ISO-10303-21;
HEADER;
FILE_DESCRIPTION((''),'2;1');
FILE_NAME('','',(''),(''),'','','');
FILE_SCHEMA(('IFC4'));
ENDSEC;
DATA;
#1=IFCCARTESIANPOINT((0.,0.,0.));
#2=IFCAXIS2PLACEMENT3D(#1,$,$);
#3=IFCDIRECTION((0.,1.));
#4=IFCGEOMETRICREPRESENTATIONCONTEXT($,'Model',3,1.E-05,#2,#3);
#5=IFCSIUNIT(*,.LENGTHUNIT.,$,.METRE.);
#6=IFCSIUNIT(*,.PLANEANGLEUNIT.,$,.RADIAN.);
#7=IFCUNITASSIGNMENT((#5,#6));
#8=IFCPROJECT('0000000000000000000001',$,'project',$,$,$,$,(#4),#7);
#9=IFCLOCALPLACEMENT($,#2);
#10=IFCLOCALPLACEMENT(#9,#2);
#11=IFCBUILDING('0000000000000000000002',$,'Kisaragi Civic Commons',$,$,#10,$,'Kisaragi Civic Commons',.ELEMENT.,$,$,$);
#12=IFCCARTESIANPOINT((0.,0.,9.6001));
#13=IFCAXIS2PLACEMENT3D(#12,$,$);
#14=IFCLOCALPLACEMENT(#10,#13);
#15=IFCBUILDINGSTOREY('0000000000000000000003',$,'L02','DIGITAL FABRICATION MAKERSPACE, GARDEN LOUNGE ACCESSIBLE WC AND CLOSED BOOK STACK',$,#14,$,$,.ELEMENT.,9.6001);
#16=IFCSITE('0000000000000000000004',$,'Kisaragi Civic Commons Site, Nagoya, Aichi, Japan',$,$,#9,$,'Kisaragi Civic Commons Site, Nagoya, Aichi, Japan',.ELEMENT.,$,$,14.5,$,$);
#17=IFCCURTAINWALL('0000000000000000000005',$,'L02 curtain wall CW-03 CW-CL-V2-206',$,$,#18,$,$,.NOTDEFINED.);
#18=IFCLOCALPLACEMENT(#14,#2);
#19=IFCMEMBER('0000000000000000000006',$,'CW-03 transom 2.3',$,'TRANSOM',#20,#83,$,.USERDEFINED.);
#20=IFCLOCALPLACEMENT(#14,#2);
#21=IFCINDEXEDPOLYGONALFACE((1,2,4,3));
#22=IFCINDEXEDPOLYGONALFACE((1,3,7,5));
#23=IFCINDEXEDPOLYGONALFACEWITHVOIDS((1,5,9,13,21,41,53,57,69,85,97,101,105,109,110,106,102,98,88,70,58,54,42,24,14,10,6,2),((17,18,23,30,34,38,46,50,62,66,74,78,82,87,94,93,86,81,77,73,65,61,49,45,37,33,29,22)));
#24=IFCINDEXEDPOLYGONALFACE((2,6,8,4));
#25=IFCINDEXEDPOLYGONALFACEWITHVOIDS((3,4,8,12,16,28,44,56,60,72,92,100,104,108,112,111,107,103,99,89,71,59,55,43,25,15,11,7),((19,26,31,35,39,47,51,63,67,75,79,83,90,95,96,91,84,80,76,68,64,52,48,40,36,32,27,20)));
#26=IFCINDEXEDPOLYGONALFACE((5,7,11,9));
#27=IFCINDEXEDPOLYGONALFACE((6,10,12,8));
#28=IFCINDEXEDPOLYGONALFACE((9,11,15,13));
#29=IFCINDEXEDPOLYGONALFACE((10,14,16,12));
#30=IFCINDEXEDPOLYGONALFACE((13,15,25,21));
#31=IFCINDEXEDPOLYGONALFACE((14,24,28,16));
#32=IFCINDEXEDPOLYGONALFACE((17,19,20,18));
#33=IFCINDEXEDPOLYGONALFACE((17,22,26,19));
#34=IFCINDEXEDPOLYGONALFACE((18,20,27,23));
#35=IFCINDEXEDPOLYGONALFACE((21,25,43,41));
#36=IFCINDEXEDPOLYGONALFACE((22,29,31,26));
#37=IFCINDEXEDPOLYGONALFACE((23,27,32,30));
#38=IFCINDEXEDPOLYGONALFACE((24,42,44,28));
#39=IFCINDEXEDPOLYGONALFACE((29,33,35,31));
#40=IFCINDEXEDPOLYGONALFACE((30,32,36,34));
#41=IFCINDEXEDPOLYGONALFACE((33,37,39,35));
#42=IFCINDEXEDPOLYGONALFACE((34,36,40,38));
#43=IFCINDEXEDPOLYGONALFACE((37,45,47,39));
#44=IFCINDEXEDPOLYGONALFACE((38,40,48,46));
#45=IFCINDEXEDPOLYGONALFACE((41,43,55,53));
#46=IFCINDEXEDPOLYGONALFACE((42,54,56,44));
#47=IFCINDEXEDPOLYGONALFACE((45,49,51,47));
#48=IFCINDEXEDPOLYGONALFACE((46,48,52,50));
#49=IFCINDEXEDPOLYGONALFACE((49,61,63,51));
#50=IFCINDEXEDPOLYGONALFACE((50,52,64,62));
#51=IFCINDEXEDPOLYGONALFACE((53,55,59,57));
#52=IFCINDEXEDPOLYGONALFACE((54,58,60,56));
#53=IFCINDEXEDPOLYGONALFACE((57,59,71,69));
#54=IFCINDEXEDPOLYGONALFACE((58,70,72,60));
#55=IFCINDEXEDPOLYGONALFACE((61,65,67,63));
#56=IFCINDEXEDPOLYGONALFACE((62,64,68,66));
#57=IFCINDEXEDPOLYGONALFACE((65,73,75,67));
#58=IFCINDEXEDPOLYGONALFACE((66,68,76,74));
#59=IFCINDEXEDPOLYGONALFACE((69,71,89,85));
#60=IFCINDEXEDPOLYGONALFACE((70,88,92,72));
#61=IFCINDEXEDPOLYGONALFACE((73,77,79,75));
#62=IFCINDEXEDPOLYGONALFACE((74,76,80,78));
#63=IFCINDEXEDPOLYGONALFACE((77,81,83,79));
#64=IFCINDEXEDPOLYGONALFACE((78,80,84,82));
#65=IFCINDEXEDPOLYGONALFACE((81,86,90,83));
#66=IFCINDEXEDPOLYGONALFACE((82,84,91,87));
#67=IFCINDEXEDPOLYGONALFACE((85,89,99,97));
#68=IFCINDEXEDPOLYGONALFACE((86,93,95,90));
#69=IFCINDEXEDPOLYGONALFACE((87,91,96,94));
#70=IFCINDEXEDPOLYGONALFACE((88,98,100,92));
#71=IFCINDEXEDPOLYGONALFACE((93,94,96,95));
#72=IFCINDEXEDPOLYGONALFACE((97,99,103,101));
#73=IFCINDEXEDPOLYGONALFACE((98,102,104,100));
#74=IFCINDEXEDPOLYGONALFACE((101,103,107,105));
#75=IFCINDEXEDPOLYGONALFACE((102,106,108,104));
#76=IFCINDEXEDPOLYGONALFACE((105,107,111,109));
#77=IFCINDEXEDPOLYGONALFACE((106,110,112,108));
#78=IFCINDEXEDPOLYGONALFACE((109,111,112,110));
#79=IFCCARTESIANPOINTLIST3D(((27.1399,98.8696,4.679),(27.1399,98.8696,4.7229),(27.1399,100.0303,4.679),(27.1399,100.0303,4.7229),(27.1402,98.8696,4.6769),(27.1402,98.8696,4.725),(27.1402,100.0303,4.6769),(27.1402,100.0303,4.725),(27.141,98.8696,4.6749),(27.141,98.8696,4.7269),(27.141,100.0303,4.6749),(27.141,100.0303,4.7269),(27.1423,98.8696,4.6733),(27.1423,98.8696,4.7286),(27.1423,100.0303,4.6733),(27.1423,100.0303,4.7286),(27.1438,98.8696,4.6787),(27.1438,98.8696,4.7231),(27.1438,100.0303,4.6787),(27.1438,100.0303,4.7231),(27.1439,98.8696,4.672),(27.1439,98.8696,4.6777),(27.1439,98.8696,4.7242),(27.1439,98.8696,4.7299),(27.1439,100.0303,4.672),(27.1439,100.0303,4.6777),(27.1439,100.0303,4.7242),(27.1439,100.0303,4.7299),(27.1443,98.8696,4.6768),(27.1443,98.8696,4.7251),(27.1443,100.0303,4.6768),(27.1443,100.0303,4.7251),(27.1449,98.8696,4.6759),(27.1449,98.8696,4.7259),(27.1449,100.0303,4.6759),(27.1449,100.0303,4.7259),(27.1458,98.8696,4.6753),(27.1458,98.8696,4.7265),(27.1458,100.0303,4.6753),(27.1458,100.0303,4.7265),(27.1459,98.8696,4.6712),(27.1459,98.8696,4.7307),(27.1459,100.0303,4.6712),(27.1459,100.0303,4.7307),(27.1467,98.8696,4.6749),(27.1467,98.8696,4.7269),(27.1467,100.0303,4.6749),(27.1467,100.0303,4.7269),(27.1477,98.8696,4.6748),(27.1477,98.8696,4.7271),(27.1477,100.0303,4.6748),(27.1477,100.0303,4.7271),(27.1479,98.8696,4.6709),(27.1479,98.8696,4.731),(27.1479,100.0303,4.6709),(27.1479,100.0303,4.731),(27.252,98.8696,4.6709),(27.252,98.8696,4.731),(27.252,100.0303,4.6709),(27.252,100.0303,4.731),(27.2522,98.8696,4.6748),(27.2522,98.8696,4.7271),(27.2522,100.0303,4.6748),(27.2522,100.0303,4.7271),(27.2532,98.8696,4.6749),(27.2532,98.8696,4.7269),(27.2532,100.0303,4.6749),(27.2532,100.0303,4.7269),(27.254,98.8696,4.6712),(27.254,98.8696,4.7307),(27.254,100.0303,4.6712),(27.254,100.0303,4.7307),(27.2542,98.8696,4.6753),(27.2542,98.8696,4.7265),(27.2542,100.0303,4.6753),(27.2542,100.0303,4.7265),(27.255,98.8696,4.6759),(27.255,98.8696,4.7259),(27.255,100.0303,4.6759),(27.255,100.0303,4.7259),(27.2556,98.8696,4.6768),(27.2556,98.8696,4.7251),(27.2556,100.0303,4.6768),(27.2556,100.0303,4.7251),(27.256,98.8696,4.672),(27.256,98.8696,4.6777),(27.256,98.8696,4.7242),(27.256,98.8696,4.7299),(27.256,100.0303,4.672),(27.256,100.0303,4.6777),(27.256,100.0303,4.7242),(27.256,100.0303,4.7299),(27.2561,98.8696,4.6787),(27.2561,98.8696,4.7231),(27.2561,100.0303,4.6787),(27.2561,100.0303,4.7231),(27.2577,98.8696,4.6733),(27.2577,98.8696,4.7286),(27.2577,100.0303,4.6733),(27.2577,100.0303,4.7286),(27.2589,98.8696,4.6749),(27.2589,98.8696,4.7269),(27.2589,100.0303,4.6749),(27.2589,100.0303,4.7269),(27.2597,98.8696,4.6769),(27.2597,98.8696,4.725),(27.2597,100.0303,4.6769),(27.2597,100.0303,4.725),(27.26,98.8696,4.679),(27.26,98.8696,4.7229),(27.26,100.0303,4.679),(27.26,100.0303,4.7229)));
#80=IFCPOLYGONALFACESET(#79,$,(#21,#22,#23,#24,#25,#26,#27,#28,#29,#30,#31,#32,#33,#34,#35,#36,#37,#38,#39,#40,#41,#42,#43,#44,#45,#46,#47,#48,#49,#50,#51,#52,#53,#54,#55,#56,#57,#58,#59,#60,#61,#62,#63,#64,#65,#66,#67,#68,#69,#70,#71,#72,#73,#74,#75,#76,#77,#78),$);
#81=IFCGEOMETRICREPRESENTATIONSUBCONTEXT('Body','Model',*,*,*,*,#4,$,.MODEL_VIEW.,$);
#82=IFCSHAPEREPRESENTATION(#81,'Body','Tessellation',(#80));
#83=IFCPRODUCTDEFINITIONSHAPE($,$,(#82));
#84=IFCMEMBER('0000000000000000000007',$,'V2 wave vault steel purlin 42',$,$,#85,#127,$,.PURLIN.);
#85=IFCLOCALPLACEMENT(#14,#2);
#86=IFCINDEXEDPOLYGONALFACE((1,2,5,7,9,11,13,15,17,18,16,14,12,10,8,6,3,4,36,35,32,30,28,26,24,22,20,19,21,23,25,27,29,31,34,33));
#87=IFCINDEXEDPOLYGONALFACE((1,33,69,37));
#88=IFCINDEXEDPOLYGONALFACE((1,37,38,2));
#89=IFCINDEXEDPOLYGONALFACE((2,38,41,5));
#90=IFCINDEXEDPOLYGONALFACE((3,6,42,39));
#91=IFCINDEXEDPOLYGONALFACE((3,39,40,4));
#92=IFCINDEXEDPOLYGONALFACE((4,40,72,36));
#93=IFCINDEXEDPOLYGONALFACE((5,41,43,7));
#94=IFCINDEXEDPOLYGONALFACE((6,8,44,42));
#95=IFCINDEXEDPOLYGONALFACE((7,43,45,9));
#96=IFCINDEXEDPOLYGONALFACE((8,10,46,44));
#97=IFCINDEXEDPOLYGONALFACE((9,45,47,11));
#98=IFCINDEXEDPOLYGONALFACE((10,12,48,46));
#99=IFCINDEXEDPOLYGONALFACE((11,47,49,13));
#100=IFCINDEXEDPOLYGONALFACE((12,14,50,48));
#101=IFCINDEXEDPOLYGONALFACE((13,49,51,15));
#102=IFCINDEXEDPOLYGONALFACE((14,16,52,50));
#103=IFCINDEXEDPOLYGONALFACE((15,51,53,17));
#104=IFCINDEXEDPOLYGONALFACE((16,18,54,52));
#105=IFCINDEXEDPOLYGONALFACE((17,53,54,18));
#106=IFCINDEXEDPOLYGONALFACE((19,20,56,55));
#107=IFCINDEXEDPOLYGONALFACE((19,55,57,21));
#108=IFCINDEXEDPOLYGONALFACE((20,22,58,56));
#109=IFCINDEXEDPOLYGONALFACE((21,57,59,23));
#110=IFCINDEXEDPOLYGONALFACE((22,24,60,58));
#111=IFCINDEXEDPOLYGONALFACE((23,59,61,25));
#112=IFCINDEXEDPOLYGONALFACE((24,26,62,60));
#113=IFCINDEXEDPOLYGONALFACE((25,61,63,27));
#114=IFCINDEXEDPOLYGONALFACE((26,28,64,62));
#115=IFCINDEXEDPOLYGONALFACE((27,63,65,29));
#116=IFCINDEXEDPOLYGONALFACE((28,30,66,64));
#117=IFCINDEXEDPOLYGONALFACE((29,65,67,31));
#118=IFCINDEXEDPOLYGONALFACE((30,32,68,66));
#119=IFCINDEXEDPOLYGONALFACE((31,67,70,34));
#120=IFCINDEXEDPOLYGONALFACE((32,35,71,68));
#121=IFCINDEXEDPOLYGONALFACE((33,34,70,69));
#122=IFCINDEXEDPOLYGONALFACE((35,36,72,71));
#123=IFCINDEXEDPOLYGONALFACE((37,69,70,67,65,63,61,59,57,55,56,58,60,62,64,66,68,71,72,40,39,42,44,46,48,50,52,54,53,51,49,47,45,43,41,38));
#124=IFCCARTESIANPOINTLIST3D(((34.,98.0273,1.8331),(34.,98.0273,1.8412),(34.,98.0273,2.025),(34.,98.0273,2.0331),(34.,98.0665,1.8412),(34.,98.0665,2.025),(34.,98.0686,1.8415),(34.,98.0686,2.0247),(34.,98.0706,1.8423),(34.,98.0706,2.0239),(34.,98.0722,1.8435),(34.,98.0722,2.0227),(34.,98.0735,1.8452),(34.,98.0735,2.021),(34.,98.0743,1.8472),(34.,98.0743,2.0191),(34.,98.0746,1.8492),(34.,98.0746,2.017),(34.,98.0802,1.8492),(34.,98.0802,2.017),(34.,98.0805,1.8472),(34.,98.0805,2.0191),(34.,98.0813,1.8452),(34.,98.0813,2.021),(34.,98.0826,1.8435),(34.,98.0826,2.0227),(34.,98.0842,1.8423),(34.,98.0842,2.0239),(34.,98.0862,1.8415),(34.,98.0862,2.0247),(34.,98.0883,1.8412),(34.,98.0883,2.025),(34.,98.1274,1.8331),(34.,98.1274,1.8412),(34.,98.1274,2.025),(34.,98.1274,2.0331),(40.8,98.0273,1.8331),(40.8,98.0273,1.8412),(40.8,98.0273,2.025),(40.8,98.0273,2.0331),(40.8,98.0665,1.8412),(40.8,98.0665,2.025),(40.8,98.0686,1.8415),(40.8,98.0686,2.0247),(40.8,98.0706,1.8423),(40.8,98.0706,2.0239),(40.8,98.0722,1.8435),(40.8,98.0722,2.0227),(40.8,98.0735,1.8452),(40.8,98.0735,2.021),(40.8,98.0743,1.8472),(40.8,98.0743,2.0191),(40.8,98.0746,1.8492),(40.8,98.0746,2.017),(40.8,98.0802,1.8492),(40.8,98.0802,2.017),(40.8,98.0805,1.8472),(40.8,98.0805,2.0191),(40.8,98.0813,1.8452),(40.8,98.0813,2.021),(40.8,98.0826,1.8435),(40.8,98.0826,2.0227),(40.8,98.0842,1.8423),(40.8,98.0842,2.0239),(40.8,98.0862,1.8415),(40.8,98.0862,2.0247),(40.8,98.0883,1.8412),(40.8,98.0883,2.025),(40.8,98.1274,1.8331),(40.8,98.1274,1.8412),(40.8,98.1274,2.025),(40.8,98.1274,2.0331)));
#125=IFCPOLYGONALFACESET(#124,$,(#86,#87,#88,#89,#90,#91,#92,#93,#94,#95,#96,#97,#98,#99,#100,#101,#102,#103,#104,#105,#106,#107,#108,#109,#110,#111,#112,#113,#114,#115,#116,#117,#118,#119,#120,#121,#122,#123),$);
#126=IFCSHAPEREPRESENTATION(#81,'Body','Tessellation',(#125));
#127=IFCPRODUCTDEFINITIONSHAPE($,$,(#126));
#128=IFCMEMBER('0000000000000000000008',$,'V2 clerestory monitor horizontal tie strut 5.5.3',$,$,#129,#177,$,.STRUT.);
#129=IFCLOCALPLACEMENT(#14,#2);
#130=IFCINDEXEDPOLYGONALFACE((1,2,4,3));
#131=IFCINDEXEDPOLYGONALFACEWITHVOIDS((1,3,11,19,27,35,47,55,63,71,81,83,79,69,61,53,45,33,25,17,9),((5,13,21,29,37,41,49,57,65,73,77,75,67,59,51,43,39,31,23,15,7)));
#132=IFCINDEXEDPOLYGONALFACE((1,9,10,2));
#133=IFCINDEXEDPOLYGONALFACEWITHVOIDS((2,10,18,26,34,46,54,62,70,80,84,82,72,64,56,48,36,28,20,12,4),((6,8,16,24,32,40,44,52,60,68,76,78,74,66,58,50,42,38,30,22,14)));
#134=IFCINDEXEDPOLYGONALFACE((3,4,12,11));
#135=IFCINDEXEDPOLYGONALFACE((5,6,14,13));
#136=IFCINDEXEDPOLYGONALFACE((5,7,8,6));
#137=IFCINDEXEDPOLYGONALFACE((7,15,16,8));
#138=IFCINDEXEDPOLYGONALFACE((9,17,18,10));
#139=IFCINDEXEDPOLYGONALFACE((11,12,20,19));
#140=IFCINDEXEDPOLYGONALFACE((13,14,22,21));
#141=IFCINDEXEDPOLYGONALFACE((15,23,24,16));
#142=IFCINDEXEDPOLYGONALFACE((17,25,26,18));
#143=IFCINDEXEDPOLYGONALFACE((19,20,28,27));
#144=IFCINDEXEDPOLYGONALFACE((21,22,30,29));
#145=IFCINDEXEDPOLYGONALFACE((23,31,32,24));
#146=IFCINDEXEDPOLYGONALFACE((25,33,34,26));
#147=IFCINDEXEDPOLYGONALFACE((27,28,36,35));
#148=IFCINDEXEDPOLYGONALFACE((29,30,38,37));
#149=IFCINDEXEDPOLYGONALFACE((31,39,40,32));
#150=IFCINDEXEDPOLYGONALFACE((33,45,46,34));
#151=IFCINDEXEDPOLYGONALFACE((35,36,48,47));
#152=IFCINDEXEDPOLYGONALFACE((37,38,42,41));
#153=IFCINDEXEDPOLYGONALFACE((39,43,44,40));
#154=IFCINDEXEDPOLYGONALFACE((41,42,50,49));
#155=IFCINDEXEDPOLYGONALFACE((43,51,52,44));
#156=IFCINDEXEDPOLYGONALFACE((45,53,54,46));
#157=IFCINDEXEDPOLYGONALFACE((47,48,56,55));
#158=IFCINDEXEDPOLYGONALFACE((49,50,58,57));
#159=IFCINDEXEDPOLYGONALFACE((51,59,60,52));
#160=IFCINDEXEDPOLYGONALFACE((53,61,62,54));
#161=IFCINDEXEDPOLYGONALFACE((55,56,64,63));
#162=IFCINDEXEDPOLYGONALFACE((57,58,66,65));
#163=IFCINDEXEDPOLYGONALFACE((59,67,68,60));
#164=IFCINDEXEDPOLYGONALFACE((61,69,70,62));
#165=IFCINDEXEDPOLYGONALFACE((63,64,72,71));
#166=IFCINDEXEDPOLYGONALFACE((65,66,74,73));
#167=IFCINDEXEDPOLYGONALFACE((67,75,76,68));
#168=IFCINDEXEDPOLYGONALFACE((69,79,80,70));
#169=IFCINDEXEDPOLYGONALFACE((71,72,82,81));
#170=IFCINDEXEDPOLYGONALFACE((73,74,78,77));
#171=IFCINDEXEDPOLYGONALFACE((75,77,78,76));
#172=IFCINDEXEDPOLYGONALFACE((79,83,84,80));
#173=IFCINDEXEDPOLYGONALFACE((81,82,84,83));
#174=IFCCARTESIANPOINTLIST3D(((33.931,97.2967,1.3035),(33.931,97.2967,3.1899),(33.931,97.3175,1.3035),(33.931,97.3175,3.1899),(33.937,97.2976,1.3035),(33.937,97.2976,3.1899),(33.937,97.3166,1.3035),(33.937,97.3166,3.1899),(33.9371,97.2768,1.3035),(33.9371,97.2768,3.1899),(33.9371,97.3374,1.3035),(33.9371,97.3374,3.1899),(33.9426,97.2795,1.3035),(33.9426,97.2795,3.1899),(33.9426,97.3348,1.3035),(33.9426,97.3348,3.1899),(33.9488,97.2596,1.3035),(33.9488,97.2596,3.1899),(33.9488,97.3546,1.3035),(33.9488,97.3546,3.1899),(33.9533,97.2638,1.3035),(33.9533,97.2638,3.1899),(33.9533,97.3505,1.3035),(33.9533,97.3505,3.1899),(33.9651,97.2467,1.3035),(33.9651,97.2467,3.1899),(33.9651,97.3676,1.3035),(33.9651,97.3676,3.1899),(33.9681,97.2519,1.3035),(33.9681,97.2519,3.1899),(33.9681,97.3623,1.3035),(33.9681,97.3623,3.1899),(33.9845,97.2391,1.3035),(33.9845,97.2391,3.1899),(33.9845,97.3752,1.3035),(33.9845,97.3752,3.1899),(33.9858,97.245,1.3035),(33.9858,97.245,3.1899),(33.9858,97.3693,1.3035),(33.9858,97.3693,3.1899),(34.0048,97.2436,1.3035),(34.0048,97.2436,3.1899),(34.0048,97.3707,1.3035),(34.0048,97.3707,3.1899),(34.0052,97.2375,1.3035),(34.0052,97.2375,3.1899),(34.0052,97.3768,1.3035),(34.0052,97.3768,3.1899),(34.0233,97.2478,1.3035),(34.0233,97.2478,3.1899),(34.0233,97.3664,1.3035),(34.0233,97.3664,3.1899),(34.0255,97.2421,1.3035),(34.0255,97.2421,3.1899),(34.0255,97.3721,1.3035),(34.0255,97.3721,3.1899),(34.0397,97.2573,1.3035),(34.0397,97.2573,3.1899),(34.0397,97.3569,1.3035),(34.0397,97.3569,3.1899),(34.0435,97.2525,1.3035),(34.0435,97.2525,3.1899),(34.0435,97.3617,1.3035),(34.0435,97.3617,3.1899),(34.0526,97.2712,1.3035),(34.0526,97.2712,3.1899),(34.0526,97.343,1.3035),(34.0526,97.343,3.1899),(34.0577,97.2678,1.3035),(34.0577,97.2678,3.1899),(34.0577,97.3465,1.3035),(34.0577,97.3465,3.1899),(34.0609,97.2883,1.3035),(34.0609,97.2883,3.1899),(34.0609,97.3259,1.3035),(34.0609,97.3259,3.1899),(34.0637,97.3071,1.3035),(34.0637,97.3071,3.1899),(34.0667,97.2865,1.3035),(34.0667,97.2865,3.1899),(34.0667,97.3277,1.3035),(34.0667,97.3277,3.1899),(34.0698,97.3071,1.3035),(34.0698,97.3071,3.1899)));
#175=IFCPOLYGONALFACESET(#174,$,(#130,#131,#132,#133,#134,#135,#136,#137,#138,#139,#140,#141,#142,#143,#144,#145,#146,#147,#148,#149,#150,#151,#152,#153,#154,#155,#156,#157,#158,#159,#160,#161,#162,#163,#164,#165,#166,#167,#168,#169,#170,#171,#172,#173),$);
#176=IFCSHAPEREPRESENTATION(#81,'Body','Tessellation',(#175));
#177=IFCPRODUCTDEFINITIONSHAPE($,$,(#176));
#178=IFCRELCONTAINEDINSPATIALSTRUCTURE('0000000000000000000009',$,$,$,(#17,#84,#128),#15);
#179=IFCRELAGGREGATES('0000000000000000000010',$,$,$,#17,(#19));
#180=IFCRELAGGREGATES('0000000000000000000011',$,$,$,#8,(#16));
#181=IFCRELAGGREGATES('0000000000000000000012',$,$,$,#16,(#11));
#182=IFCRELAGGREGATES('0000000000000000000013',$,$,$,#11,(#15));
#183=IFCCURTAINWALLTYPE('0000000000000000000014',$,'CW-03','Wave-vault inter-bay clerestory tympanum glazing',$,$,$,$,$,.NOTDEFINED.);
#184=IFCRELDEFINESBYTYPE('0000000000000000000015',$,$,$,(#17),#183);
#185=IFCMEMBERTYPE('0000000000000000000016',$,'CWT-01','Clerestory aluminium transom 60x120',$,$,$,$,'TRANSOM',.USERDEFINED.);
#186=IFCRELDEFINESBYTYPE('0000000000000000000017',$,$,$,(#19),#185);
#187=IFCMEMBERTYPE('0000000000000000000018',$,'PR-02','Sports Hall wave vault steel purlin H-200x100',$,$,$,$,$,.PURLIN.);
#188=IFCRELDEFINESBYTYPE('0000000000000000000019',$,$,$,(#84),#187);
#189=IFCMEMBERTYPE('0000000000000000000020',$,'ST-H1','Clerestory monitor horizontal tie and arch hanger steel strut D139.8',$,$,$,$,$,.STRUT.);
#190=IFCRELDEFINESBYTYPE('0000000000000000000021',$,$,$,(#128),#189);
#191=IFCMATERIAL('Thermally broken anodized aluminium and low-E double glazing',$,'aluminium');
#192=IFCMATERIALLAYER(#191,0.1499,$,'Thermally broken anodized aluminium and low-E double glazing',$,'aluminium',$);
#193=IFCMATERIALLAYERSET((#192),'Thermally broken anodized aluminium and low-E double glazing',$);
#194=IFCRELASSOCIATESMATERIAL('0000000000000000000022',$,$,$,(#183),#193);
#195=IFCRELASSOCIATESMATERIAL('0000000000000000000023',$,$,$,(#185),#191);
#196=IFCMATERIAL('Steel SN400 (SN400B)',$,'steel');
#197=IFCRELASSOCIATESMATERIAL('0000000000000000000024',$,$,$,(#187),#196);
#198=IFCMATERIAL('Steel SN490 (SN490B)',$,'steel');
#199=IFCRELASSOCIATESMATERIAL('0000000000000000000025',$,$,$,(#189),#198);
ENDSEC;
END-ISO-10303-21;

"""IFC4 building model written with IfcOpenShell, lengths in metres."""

from ifc_helpers import new_model, si_unit, direction, frame, origin, origin_2d, place, context, subcontext, project, spatial, hollow_rectangle, hollow_circle, i_section, extrude, material, layer, layer_set, material_profile, profile_set, type_object, element, aggregate, save


model = new_model("IFC4")

# Units and contexts
model_context = context("Model", 3, precision=1e-05, world=origin(), true_north=direction((0.0, 1.0)))
body_context = subcontext(model_context, "Body", "Model", "MODEL_VIEW")
ifc_project = project(units=[si_unit("LENGTHUNIT", "METRE"), si_unit("PLANEANGLEUNIT", "RADIAN")], contexts=[model_context])

# Site, building, storey
site_placement = place(None, origin())
site = spatial("IfcSite", under=ifc_project, at=site_placement, Name="Kisaragi Civic Commons Site, Nagoya, Aichi, Japan", LongName="Kisaragi Civic Commons Site, Nagoya, Aichi, Japan", CompositionType="ELEMENT", RefElevation=14.5)
building_placement = place(site_placement, origin())
building = spatial("IfcBuilding", under=site, at=building_placement, Name="Kisaragi Civic Commons", LongName="Kisaragi Civic Commons", CompositionType="ELEMENT")
storey_placement = place(building_placement, frame((0.0, 0.0, 9.6001)))
storey = spatial("IfcBuildingStorey", under=building, at=storey_placement, Name="L02", Description="DIGITAL FABRICATION MAKERSPACE, GARDEN LOUNGE ACCESSIBLE WC AND CLOSED BOOK STACK", CompositionType="ELEMENT", Elevation=9.6001)

# Shared definitions
ifc_material_1 = material(Name="Thermally broken anodized aluminium and low-E double glazing", Category="aluminium")
ifc_layer_1 = layer(ifc_material_1, 0.1499, Name="Thermally broken anodized aluminium and low-E double glazing", Category="aluminium")
ifc_layer_set_1 = layer_set([ifc_layer_1], Name="Thermally broken anodized aluminium and low-E double glazing")
curtain_wall_type = type_object("IfcCurtainWallType", Name="CW-03", Description="Wave-vault inter-bay clerestory tympanum glazing", PredefinedType="NOTDEFINED", material=ifc_layer_set_1)

# Curtain wall
curtain_wall_1_placement = place(storey_placement, origin())
curtain_wall_1 = element("IfcCurtainWall", 1, at=curtain_wall_1_placement, inside=storey, type_object=curtain_wall_type, Name="L02 curtain wall CW-03 CW-CL-V2-206", PredefinedType="NOTDEFINED")

# Member
ifc_material_profile_1 = material_profile(ifc_material_1, hollow_rectangle(XDim=0.1201, YDim=0.0601, WallThickness=0.0039, InnerFilletRadius=0.0039, OuterFilletRadius=0.0081, at=origin_2d()), Name="CWT-60x120x4", Category="aluminium")
ifc_profile_set_1 = profile_set([ifc_material_profile_1], Name="Thermally broken anodized aluminium and low-E double glazing")
member_type_1 = type_object("IfcMemberType", Name="CWT-01", Description="Clerestory aluminium transom 60x120", ElementType="TRANSOM", PredefinedType="USERDEFINED", material=ifc_profile_set_1)
member_1_placement = place(storey_placement, frame((27.2, 98.8696, 4.7009), z_axis=(0.0, 1.0, 0.0), x_axis=(-1.0, 0.0, 0.0)))
member_1 = element("IfcMember", 2, at=member_1_placement, type_object=member_type_1, Name="CW-03 transom 2.3", ObjectType="TRANSOM", PredefinedType="USERDEFINED", context=body_context, shape_type="SweptSolid", body=[
    extrude(hollow_rectangle(XDim=0.1201, YDim=0.0601, WallThickness=0.0039, InnerFilletRadius=0.0039, OuterFilletRadius=0.0081, at=origin_2d()), origin(), (0.0, 0.0, 1.0), 1.1606),
])

# Members
ifc_material_2 = material(Name="Steel SN400 (SN400B)", Category="steel")
ifc_material_profile_2 = material_profile(ifc_material_2, i_section(OverallWidth=0.1001, OverallDepth=0.2, WebThickness=0.0056, FlangeThickness=0.0081, FilletRadius=0.0081, at=origin_2d()), Name="H-200x100x5.5x8", Category="steel")
ifc_profile_set_2 = profile_set([ifc_material_profile_2], Name="Steel SN400 (SN400B)")
member_type_2 = type_object("IfcMemberType", Name="PR-02", Description="Sports Hall wave vault steel purlin H-200x100", PredefinedType="PURLIN", material=ifc_profile_set_2)
member_2_placement = place(storey_placement, frame((34.0, 98.0774, 1.9331), z_axis=(1.0, 0.0, 0.0), x_axis=(0.0, 1.0, 0.0)))
element("IfcMember", 3, at=member_2_placement, inside=storey, type_object=member_type_2, Name="V2 wave vault steel purlin 42", PredefinedType="PURLIN", context=body_context, shape_type="SweptSolid", body=[
    extrude(i_section(OverallWidth=0.1001, OverallDepth=0.2, WebThickness=0.0056, FlangeThickness=0.0081, FilletRadius=0.0081, at=origin_2d()), origin(), (0.0, 0.0, 1.0), 6.8),
])
ifc_material_3 = material(Name="Steel SN490 (SN490B)", Category="steel")
ifc_material_profile_3 = material_profile(ifc_material_3, hollow_circle(Radius=0.0698, WallThickness=0.0061, at=origin_2d()), Name="CHS-139.8x6.0", Category="steel")
ifc_profile_set_3 = profile_set([ifc_material_profile_3], Name="Steel SN490 (SN490B)")
member_type_3 = type_object("IfcMemberType", Name="ST-H1", Description="Clerestory monitor horizontal tie and arch hanger steel strut D139.8", PredefinedType="STRUT", material=ifc_profile_set_3)
member_3_placement = place(storey_placement, frame((34.0, 97.3071, 1.3035), z_axis=(0.0, 0.0, 1.0), x_axis=(1.0, 0.0, 0.0)))
element("IfcMember", 4, at=member_3_placement, inside=storey, type_object=member_type_3, Name="V2 clerestory monitor horizontal tie strut 5.5.3", PredefinedType="STRUT", context=body_context, shape_type="SweptSolid", body=[
    extrude(hollow_circle(Radius=0.0698, WallThickness=0.0061, at=origin_2d()), origin(), (0.0, 0.0, 1.0), 1.8865),
])

aggregate(curtain_wall_1, [member_1])

save(model, "model.ifc")
